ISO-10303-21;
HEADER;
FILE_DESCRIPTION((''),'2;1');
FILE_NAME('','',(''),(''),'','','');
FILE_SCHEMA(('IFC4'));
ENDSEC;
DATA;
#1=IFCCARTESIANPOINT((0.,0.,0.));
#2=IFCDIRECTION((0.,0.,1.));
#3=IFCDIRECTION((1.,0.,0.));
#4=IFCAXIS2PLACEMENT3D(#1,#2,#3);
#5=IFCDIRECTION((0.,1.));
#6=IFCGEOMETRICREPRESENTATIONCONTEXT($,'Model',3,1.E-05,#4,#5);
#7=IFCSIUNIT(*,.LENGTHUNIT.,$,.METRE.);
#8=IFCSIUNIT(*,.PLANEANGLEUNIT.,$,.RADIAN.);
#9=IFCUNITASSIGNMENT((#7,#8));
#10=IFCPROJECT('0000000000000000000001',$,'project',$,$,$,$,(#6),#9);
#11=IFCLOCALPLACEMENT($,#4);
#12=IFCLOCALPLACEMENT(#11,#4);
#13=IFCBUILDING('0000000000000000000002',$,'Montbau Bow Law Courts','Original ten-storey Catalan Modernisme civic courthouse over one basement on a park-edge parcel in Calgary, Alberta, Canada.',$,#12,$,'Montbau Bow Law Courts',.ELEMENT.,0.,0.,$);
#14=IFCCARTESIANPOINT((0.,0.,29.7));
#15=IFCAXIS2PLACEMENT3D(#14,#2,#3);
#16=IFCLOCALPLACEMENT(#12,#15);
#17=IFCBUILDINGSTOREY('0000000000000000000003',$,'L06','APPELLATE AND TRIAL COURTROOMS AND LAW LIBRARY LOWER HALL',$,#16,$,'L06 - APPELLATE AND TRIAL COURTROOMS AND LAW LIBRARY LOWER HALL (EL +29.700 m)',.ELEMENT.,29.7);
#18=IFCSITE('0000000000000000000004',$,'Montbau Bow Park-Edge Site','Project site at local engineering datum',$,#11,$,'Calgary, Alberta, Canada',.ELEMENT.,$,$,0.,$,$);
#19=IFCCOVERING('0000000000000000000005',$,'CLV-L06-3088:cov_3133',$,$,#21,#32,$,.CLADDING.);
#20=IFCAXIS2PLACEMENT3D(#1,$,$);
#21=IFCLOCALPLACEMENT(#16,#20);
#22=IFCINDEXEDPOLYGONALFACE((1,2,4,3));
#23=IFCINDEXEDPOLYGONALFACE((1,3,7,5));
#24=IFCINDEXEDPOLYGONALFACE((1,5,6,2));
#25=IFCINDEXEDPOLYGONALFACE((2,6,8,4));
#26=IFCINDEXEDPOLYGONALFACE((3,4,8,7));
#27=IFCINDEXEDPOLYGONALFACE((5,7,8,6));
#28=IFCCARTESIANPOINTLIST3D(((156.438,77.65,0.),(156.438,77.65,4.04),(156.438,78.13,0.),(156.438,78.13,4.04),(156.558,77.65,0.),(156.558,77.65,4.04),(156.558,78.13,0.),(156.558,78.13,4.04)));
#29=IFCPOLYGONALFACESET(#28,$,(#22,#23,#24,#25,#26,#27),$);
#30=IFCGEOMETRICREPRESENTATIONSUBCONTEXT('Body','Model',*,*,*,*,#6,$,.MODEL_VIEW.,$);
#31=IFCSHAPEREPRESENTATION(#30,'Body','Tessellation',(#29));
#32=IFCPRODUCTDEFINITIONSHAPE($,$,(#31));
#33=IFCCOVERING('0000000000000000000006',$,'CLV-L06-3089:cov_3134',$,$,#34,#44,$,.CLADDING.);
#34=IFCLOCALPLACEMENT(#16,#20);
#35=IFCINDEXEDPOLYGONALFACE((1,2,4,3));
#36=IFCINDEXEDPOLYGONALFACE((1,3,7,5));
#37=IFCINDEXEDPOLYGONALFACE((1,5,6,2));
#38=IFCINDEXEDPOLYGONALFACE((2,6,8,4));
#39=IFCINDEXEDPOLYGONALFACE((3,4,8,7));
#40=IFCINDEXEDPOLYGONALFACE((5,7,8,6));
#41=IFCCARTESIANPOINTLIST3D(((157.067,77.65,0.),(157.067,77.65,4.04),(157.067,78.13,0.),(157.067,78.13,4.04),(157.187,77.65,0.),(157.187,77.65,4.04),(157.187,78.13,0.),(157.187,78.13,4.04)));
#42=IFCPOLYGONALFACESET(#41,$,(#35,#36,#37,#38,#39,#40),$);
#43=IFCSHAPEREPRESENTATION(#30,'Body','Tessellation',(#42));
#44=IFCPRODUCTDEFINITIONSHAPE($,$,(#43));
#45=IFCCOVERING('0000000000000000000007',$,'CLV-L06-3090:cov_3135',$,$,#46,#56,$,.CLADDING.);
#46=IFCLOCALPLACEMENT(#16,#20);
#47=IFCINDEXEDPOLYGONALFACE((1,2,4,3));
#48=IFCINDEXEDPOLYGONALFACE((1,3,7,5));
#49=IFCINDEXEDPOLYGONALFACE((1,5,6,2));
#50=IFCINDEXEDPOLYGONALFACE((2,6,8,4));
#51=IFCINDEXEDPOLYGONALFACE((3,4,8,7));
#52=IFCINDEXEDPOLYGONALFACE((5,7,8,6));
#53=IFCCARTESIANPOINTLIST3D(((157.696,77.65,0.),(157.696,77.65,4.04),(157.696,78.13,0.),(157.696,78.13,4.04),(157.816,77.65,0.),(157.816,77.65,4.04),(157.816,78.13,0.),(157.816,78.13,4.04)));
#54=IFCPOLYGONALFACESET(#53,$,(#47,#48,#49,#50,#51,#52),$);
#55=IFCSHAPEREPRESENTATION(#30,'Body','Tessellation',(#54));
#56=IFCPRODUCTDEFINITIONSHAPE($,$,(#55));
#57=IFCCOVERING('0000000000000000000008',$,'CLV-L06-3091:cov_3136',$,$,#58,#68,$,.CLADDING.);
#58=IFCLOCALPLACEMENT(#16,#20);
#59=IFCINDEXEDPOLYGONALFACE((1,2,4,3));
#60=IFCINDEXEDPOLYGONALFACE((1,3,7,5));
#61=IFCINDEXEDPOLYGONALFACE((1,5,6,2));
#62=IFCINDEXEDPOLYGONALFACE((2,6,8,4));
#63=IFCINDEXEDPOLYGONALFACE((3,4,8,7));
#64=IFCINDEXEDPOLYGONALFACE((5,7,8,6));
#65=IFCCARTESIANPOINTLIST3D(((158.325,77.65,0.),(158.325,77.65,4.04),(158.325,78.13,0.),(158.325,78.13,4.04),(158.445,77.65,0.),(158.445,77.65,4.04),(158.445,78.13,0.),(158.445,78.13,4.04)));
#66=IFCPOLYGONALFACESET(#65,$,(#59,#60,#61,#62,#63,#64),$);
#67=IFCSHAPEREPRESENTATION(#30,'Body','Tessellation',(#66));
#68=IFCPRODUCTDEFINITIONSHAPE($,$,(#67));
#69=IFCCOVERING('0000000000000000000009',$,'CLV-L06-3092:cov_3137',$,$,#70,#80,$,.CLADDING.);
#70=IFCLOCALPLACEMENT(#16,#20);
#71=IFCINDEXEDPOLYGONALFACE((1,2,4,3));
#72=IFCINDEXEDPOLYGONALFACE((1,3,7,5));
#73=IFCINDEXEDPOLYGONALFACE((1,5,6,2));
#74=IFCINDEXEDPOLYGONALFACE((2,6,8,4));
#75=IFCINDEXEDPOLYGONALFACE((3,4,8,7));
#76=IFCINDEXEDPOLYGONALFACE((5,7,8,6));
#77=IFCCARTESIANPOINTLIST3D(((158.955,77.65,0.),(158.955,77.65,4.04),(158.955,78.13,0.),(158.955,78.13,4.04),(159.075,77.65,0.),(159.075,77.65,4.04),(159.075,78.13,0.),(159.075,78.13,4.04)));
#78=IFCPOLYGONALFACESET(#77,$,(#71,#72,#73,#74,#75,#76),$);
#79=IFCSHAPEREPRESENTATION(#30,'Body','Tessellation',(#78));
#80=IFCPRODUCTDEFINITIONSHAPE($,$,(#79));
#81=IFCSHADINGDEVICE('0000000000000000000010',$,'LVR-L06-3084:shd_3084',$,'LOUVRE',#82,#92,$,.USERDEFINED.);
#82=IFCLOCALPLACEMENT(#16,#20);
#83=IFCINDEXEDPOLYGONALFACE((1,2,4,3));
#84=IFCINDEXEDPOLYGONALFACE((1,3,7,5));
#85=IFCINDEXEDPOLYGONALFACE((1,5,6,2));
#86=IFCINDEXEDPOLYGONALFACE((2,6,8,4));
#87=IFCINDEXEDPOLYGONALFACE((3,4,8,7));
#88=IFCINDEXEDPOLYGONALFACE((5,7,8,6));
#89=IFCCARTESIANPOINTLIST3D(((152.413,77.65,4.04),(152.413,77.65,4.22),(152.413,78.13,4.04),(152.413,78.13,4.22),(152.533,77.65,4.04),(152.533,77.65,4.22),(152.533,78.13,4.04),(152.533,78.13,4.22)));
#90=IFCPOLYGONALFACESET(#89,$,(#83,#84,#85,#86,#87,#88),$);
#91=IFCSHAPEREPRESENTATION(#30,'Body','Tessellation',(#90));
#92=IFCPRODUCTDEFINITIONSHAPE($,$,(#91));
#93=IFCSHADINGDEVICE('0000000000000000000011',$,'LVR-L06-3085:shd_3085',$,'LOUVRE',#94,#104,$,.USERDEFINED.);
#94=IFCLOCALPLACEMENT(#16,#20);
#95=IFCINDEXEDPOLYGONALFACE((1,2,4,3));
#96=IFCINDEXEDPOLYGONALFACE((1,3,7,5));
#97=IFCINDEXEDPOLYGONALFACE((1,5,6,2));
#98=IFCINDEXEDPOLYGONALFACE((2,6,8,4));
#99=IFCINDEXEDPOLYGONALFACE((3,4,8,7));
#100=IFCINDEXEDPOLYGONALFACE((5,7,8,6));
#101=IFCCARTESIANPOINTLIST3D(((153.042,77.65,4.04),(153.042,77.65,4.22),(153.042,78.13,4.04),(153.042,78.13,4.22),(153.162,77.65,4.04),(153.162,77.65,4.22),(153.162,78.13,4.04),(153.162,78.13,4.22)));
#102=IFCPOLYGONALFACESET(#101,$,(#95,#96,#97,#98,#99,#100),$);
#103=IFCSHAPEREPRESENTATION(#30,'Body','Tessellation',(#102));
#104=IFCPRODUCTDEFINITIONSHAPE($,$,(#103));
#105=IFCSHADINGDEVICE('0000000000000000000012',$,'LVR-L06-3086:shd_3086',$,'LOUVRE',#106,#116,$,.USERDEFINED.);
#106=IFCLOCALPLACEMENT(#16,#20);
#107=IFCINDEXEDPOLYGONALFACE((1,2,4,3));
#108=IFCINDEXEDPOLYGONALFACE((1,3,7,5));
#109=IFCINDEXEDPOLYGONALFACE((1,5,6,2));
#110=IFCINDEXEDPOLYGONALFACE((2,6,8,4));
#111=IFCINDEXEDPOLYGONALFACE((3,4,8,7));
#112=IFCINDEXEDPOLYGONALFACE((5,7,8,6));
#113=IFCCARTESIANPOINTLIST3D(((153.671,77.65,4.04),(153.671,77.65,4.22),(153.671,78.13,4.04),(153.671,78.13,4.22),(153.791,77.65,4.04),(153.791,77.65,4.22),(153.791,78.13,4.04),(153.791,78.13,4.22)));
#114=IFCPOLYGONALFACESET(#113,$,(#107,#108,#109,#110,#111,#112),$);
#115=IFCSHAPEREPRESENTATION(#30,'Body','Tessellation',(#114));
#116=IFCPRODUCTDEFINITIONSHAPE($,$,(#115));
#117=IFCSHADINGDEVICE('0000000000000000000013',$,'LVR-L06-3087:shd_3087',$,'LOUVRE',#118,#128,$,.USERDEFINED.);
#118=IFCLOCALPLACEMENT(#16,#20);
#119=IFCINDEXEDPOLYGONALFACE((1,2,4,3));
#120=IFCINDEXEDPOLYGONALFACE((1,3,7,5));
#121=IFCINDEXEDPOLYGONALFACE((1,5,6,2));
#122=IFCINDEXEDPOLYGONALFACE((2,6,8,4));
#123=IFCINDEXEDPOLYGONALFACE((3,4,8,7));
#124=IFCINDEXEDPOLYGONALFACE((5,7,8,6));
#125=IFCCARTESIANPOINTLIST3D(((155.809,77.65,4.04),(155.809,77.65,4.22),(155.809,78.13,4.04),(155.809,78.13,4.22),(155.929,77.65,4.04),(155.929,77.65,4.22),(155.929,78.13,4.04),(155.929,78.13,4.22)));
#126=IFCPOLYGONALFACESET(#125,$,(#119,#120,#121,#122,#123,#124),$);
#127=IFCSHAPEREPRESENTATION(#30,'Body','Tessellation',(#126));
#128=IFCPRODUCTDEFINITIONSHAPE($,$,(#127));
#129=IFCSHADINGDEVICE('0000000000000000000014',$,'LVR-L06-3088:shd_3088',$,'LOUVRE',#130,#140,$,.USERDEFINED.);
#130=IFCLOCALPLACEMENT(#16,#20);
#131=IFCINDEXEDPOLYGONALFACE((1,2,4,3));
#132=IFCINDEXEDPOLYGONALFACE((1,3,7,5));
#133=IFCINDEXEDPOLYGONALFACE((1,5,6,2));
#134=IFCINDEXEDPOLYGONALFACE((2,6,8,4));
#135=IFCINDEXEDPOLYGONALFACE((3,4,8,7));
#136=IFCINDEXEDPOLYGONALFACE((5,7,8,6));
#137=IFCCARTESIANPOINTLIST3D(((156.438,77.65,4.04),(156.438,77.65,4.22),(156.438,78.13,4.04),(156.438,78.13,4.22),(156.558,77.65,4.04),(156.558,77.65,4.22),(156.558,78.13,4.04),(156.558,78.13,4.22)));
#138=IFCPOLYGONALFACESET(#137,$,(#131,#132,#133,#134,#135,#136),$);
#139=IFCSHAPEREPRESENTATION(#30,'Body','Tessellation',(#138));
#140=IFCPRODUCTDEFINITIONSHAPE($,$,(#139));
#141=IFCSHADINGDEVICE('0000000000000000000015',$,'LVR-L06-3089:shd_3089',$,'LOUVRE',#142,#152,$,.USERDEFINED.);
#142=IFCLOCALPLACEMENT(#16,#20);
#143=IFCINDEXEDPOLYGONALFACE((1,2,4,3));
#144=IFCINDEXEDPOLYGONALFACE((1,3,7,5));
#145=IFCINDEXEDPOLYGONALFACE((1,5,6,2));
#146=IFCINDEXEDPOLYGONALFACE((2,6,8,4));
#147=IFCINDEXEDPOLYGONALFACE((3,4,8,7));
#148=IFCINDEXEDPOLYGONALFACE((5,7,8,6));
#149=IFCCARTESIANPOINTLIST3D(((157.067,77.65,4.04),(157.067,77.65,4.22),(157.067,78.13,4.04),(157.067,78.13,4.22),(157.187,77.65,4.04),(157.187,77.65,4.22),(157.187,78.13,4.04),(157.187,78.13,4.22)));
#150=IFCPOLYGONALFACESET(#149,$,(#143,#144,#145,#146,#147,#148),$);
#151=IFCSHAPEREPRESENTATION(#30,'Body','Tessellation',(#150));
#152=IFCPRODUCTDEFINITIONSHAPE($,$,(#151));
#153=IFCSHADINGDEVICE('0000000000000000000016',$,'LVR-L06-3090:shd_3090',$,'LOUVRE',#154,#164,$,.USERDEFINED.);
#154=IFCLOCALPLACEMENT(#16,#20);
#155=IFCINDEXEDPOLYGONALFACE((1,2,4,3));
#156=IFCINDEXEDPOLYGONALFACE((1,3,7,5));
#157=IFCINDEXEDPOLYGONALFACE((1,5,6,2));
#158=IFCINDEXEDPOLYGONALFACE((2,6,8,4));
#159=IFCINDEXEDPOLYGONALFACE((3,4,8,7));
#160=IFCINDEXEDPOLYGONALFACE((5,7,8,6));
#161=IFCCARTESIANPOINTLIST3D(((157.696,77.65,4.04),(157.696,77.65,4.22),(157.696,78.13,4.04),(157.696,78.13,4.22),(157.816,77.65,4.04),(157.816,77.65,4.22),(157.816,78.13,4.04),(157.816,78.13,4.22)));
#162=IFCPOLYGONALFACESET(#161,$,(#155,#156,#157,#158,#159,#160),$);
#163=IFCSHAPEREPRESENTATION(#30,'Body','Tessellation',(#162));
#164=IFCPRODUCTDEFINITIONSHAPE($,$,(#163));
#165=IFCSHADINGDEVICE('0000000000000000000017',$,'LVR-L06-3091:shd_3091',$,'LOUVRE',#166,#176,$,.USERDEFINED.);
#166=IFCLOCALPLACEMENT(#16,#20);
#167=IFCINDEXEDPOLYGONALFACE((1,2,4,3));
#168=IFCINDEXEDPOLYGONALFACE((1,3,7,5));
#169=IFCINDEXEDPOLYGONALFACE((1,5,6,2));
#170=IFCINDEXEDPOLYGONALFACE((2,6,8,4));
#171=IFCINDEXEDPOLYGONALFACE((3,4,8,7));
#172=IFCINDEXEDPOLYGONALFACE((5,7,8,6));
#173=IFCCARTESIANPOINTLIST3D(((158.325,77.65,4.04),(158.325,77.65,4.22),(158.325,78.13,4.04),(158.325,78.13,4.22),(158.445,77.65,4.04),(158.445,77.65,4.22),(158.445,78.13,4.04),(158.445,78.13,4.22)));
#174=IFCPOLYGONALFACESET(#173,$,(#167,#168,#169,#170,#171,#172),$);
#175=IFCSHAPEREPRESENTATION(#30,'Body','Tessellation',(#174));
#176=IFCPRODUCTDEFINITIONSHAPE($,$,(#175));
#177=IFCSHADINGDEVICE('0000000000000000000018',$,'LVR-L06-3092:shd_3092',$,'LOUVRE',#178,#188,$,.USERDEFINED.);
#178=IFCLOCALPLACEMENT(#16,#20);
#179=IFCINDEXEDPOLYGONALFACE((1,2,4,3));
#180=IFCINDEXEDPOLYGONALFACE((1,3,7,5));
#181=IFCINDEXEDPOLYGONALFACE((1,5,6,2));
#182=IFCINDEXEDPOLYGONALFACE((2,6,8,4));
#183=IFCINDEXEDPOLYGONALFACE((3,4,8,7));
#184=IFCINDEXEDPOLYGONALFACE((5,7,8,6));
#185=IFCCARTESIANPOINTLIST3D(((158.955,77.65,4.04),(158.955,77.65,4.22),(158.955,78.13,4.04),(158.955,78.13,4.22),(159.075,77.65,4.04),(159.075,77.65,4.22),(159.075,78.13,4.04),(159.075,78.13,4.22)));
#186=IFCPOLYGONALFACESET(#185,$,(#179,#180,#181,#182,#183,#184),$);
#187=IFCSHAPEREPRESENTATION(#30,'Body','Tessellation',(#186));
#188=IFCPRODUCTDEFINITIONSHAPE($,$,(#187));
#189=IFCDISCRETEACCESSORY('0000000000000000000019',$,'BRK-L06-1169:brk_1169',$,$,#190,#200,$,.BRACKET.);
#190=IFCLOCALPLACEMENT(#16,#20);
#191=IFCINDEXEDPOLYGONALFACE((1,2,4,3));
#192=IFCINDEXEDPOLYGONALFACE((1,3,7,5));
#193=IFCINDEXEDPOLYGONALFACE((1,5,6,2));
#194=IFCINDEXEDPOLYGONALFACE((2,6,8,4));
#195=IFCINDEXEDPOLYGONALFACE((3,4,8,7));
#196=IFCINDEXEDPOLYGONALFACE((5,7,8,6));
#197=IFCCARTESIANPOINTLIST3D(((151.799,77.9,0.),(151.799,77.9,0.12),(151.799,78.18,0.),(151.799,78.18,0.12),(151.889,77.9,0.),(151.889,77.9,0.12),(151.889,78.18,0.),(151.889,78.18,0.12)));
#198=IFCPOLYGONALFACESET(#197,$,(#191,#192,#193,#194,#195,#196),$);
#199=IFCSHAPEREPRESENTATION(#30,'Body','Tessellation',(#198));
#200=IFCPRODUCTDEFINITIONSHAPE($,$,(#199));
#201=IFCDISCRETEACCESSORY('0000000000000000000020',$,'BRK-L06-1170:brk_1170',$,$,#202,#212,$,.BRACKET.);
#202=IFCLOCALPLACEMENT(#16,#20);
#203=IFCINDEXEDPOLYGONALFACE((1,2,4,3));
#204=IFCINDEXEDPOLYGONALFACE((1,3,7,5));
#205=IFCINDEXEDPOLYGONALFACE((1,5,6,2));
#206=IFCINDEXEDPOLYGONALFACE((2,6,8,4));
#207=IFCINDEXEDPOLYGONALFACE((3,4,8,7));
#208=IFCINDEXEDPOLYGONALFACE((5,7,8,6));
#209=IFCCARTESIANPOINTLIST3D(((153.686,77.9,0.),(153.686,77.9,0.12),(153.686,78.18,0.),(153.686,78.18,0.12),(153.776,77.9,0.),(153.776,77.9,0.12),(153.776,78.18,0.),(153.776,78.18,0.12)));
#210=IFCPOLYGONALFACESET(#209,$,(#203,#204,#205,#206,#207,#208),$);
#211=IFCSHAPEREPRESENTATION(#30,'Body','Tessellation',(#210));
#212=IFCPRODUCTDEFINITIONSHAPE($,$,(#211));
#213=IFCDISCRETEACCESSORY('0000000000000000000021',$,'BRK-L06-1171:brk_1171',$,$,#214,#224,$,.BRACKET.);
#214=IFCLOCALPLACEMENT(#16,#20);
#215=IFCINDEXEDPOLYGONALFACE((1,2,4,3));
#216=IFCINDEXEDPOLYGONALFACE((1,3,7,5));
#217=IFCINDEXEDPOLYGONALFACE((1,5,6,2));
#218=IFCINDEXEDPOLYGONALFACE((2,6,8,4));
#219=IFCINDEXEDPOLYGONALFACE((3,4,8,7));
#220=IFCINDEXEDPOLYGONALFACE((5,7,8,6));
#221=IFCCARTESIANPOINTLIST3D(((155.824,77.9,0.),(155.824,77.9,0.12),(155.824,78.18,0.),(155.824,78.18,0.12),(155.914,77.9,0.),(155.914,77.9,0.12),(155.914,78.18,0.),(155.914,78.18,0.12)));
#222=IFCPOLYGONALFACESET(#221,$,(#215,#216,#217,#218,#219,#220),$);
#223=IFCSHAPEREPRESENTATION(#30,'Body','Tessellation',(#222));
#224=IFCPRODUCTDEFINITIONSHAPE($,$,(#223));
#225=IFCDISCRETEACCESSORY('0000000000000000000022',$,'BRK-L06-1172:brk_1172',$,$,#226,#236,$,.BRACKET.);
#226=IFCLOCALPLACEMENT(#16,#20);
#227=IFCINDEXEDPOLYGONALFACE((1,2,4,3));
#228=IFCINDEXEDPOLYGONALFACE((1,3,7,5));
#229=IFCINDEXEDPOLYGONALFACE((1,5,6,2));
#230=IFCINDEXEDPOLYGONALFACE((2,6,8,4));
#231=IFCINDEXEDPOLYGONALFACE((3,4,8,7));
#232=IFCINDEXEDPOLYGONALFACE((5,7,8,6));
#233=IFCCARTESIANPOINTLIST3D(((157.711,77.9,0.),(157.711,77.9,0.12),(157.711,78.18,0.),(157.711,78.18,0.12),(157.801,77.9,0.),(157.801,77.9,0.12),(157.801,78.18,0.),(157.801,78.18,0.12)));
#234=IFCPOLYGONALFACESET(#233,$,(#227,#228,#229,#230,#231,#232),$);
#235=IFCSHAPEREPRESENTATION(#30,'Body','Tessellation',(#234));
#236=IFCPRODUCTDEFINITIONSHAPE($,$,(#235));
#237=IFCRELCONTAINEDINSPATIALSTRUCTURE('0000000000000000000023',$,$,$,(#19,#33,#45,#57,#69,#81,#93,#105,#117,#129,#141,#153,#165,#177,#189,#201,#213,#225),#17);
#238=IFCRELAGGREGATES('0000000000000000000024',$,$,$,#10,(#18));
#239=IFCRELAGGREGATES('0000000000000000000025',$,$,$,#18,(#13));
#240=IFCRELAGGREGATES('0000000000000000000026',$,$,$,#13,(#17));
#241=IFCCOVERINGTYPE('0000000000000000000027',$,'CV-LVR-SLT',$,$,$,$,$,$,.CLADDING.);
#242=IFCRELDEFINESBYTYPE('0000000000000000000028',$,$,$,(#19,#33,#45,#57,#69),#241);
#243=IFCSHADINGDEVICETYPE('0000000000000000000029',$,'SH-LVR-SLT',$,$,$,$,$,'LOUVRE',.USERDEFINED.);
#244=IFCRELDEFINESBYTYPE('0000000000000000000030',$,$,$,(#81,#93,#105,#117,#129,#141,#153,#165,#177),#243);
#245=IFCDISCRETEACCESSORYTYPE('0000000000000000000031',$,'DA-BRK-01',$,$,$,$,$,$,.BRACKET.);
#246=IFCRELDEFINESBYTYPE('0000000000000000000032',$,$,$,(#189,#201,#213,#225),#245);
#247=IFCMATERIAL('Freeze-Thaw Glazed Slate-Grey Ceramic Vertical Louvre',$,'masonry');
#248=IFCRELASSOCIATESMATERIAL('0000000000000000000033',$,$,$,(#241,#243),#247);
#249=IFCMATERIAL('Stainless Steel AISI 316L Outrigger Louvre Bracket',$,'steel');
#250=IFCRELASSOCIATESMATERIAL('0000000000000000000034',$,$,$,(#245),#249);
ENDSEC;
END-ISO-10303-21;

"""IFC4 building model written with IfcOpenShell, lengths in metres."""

from ifc_helpers import new_model, si_unit, direction, frame, frame_2d, origin_with_axes, origin_2d_with_axis, place, context, subcontext, project, spatial, rectangle, extrude, material, type_object, element, save


model = new_model("IFC4")

# Units and contexts
model_context = context("Model", 3, precision=1e-05, world=origin_with_axes(), true_north=direction((0.0, 1.0)))
body_context = subcontext(model_context, "Body", "Model", "MODEL_VIEW")
ifc_project = project(units=[si_unit("LENGTHUNIT", "METRE"), si_unit("PLANEANGLEUNIT", "RADIAN")], contexts=[model_context])

# Site, building, storey
site_placement = place(None, origin_with_axes())
site = spatial("IfcSite", under=ifc_project, at=site_placement, Name="Montbau Bow Park-Edge Site", Description="Project site at local engineering datum", LongName="Calgary, Alberta, Canada", CompositionType="ELEMENT", RefElevation=0.0)
building_placement = place(site_placement, origin_with_axes())
building = spatial("IfcBuilding", under=site, at=building_placement, Name="Montbau Bow Law Courts", Description="Original ten-storey Catalan Modernisme civic courthouse over one basement on a park-edge parcel in Calgary, Alberta, Canada.", LongName="Montbau Bow Law Courts", CompositionType="ELEMENT", ElevationOfRefHeight=0.0, ElevationOfTerrain=0.0)
storey_placement = place(building_placement, frame((0.0, 0.0, 29.7), z_axis=(0.0, 0.0, 1.0), x_axis=(1.0, 0.0, 0.0)))
storey = spatial("IfcBuildingStorey", under=building, at=storey_placement, Name="L06", Description="APPELLATE AND TRIAL COURTROOMS AND LAW LIBRARY LOWER HALL", LongName="L06 - APPELLATE AND TRIAL COURTROOMS AND LAW LIBRARY LOWER HALL (EL +29.700 m)", CompositionType="ELEMENT", Elevation=29.7)

# Coverings
ifc_material_1 = material(Name="Freeze-Thaw Glazed Slate-Grey Ceramic Vertical Louvre", Category="masonry")
covering_type = type_object("IfcCoveringType", Name="CV-LVR-SLT", PredefinedType="CLADDING", material=ifc_material_1)
for number, where, z_axis, x_axis, name in (
    (1, (156.498, 78.13, 29.7), (-1.0, 0.0, 0.0), (0.0, -1.0, 0.0), "CLV-L06-3088:cov_3133"),
    (2, (157.127, 78.13, 29.7), (-1.0, 0.0, 0.0), (0.0, -1.0, 0.0), "CLV-L06-3089:cov_3134"),
    (3, (157.756, 78.13, 29.7), (-1.0, 0.0, 0.0), (0.0, -1.0, 0.0), "CLV-L06-3090:cov_3135"),
    (4, (158.385, 78.13, 29.7), (-1.0, 0.0, 0.0), (0.0, -1.0, 0.0), "CLV-L06-3091:cov_3136"),
    (5, (159.015, 78.13, 29.7), (-1.0, 0.0, 0.0), (0.0, -1.0, 0.0), "CLV-L06-3092:cov_3137"),
):
    element("IfcCovering", number, at=place(None, frame(where, z_axis=z_axis, x_axis=x_axis)), inside=storey, type_object=covering_type, Name=name, PredefinedType="CLADDING", context=body_context, shape_type="SweptSolid", body=[
        extrude(rectangle(XDim=0.48, YDim=4.04, at=frame_2d((0.24, 2.02), x_axis=(1.0, 0.0))), frame((0.0, 0.0, -0.06), z_axis=(0.0, 0.0, 1.0), x_axis=(1.0, 0.0, 0.0)), (0.0, 0.0, 1.0), 0.12),
    ])

# Shading devices
shading_device_type = type_object("IfcShadingDeviceType", Name="SH-LVR-SLT", ElementType="LOUVRE", PredefinedType="USERDEFINED", material=ifc_material_1)
for number, where, z_axis, x_axis, name in (
    (6, (152.473, 77.89, 33.74), (0.0, 0.0, 1.0), (0.0, -1.0, 0.0), "LVR-L06-3084:shd_3084"),
    (7, (153.102, 77.89, 33.74), (0.0, 0.0, 1.0), (0.0, -1.0, 0.0), "LVR-L06-3085:shd_3085"),
    (8, (153.731, 77.89, 33.74), (0.0, 0.0, 1.0), (0.0, -1.0, 0.0), "LVR-L06-3086:shd_3086"),
    (9, (155.869, 77.89, 33.74), (0.0, 0.0, 1.0), (0.0, -1.0, 0.0), "LVR-L06-3087:shd_3087"),
    (10, (156.498, 77.89, 33.74), (0.0, 0.0, 1.0), (0.0, -1.0, 0.0), "LVR-L06-3088:shd_3088"),
    (11, (157.127, 77.89, 33.74), (0.0, 0.0, 1.0), (0.0, -1.0, 0.0), "LVR-L06-3089:shd_3089"),
    (12, (157.756, 77.89, 33.74), (0.0, 0.0, 1.0), (0.0, -1.0, 0.0), "LVR-L06-3090:shd_3090"),
    (13, (158.385, 77.89, 33.74), (0.0, 0.0, 1.0), (0.0, -1.0, 0.0), "LVR-L06-3091:shd_3091"),
    (14, (159.015, 77.89, 33.74), (0.0, 0.0, 1.0), (0.0, -1.0, 0.0), "LVR-L06-3092:shd_3092"),
):
    element("IfcShadingDevice", number, at=place(None, frame(where, z_axis=z_axis, x_axis=x_axis)), inside=storey, type_object=shading_device_type, Name=name, ObjectType="LOUVRE", PredefinedType="USERDEFINED", context=body_context, shape_type="SweptSolid", body=[
        extrude(rectangle(XDim=0.48, YDim=0.12, at=origin_2d_with_axis()), origin_with_axes(), (0.0, 0.0, 1.0), 0.18),
    ])

# Discrete accessories
ifc_material_2 = material(Name="Stainless Steel AISI 316L Outrigger Louvre Bracket", Category="steel")
discrete_accessory_type = type_object("IfcDiscreteAccessoryType", Name="DA-BRK-01", PredefinedType="BRACKET", material=ifc_material_2)
for number, where, z_axis, x_axis, name in (
    (15, (151.844, 78.04, 29.7), (0.0, 0.0, 1.0), (0.0, -1.0, 0.0), "BRK-L06-1169:brk_1169"),
    (16, (153.731, 78.04, 29.7), (0.0, 0.0, 1.0), (0.0, -1.0, 0.0), "BRK-L06-1170:brk_1170"),
    (17, (155.869, 78.04, 29.7), (0.0, 0.0, 1.0), (0.0, -1.0, 0.0), "BRK-L06-1171:brk_1171"),
    (18, (157.756, 78.04, 29.7), (0.0, 0.0, 1.0), (0.0, -1.0, 0.0), "BRK-L06-1172:brk_1172"),
):
    element("IfcDiscreteAccessory", number, at=place(None, frame(where, z_axis=z_axis, x_axis=x_axis)), inside=storey, type_object=discrete_accessory_type, Name=name, PredefinedType="BRACKET", context=body_context, shape_type="SweptSolid", body=[
        extrude(rectangle(XDim=0.28, YDim=0.09, at=origin_2d_with_axis()), origin_with_axes(), (0.0, 0.0, 1.0), 0.12),
    ])

save(model, "model.ifc")
